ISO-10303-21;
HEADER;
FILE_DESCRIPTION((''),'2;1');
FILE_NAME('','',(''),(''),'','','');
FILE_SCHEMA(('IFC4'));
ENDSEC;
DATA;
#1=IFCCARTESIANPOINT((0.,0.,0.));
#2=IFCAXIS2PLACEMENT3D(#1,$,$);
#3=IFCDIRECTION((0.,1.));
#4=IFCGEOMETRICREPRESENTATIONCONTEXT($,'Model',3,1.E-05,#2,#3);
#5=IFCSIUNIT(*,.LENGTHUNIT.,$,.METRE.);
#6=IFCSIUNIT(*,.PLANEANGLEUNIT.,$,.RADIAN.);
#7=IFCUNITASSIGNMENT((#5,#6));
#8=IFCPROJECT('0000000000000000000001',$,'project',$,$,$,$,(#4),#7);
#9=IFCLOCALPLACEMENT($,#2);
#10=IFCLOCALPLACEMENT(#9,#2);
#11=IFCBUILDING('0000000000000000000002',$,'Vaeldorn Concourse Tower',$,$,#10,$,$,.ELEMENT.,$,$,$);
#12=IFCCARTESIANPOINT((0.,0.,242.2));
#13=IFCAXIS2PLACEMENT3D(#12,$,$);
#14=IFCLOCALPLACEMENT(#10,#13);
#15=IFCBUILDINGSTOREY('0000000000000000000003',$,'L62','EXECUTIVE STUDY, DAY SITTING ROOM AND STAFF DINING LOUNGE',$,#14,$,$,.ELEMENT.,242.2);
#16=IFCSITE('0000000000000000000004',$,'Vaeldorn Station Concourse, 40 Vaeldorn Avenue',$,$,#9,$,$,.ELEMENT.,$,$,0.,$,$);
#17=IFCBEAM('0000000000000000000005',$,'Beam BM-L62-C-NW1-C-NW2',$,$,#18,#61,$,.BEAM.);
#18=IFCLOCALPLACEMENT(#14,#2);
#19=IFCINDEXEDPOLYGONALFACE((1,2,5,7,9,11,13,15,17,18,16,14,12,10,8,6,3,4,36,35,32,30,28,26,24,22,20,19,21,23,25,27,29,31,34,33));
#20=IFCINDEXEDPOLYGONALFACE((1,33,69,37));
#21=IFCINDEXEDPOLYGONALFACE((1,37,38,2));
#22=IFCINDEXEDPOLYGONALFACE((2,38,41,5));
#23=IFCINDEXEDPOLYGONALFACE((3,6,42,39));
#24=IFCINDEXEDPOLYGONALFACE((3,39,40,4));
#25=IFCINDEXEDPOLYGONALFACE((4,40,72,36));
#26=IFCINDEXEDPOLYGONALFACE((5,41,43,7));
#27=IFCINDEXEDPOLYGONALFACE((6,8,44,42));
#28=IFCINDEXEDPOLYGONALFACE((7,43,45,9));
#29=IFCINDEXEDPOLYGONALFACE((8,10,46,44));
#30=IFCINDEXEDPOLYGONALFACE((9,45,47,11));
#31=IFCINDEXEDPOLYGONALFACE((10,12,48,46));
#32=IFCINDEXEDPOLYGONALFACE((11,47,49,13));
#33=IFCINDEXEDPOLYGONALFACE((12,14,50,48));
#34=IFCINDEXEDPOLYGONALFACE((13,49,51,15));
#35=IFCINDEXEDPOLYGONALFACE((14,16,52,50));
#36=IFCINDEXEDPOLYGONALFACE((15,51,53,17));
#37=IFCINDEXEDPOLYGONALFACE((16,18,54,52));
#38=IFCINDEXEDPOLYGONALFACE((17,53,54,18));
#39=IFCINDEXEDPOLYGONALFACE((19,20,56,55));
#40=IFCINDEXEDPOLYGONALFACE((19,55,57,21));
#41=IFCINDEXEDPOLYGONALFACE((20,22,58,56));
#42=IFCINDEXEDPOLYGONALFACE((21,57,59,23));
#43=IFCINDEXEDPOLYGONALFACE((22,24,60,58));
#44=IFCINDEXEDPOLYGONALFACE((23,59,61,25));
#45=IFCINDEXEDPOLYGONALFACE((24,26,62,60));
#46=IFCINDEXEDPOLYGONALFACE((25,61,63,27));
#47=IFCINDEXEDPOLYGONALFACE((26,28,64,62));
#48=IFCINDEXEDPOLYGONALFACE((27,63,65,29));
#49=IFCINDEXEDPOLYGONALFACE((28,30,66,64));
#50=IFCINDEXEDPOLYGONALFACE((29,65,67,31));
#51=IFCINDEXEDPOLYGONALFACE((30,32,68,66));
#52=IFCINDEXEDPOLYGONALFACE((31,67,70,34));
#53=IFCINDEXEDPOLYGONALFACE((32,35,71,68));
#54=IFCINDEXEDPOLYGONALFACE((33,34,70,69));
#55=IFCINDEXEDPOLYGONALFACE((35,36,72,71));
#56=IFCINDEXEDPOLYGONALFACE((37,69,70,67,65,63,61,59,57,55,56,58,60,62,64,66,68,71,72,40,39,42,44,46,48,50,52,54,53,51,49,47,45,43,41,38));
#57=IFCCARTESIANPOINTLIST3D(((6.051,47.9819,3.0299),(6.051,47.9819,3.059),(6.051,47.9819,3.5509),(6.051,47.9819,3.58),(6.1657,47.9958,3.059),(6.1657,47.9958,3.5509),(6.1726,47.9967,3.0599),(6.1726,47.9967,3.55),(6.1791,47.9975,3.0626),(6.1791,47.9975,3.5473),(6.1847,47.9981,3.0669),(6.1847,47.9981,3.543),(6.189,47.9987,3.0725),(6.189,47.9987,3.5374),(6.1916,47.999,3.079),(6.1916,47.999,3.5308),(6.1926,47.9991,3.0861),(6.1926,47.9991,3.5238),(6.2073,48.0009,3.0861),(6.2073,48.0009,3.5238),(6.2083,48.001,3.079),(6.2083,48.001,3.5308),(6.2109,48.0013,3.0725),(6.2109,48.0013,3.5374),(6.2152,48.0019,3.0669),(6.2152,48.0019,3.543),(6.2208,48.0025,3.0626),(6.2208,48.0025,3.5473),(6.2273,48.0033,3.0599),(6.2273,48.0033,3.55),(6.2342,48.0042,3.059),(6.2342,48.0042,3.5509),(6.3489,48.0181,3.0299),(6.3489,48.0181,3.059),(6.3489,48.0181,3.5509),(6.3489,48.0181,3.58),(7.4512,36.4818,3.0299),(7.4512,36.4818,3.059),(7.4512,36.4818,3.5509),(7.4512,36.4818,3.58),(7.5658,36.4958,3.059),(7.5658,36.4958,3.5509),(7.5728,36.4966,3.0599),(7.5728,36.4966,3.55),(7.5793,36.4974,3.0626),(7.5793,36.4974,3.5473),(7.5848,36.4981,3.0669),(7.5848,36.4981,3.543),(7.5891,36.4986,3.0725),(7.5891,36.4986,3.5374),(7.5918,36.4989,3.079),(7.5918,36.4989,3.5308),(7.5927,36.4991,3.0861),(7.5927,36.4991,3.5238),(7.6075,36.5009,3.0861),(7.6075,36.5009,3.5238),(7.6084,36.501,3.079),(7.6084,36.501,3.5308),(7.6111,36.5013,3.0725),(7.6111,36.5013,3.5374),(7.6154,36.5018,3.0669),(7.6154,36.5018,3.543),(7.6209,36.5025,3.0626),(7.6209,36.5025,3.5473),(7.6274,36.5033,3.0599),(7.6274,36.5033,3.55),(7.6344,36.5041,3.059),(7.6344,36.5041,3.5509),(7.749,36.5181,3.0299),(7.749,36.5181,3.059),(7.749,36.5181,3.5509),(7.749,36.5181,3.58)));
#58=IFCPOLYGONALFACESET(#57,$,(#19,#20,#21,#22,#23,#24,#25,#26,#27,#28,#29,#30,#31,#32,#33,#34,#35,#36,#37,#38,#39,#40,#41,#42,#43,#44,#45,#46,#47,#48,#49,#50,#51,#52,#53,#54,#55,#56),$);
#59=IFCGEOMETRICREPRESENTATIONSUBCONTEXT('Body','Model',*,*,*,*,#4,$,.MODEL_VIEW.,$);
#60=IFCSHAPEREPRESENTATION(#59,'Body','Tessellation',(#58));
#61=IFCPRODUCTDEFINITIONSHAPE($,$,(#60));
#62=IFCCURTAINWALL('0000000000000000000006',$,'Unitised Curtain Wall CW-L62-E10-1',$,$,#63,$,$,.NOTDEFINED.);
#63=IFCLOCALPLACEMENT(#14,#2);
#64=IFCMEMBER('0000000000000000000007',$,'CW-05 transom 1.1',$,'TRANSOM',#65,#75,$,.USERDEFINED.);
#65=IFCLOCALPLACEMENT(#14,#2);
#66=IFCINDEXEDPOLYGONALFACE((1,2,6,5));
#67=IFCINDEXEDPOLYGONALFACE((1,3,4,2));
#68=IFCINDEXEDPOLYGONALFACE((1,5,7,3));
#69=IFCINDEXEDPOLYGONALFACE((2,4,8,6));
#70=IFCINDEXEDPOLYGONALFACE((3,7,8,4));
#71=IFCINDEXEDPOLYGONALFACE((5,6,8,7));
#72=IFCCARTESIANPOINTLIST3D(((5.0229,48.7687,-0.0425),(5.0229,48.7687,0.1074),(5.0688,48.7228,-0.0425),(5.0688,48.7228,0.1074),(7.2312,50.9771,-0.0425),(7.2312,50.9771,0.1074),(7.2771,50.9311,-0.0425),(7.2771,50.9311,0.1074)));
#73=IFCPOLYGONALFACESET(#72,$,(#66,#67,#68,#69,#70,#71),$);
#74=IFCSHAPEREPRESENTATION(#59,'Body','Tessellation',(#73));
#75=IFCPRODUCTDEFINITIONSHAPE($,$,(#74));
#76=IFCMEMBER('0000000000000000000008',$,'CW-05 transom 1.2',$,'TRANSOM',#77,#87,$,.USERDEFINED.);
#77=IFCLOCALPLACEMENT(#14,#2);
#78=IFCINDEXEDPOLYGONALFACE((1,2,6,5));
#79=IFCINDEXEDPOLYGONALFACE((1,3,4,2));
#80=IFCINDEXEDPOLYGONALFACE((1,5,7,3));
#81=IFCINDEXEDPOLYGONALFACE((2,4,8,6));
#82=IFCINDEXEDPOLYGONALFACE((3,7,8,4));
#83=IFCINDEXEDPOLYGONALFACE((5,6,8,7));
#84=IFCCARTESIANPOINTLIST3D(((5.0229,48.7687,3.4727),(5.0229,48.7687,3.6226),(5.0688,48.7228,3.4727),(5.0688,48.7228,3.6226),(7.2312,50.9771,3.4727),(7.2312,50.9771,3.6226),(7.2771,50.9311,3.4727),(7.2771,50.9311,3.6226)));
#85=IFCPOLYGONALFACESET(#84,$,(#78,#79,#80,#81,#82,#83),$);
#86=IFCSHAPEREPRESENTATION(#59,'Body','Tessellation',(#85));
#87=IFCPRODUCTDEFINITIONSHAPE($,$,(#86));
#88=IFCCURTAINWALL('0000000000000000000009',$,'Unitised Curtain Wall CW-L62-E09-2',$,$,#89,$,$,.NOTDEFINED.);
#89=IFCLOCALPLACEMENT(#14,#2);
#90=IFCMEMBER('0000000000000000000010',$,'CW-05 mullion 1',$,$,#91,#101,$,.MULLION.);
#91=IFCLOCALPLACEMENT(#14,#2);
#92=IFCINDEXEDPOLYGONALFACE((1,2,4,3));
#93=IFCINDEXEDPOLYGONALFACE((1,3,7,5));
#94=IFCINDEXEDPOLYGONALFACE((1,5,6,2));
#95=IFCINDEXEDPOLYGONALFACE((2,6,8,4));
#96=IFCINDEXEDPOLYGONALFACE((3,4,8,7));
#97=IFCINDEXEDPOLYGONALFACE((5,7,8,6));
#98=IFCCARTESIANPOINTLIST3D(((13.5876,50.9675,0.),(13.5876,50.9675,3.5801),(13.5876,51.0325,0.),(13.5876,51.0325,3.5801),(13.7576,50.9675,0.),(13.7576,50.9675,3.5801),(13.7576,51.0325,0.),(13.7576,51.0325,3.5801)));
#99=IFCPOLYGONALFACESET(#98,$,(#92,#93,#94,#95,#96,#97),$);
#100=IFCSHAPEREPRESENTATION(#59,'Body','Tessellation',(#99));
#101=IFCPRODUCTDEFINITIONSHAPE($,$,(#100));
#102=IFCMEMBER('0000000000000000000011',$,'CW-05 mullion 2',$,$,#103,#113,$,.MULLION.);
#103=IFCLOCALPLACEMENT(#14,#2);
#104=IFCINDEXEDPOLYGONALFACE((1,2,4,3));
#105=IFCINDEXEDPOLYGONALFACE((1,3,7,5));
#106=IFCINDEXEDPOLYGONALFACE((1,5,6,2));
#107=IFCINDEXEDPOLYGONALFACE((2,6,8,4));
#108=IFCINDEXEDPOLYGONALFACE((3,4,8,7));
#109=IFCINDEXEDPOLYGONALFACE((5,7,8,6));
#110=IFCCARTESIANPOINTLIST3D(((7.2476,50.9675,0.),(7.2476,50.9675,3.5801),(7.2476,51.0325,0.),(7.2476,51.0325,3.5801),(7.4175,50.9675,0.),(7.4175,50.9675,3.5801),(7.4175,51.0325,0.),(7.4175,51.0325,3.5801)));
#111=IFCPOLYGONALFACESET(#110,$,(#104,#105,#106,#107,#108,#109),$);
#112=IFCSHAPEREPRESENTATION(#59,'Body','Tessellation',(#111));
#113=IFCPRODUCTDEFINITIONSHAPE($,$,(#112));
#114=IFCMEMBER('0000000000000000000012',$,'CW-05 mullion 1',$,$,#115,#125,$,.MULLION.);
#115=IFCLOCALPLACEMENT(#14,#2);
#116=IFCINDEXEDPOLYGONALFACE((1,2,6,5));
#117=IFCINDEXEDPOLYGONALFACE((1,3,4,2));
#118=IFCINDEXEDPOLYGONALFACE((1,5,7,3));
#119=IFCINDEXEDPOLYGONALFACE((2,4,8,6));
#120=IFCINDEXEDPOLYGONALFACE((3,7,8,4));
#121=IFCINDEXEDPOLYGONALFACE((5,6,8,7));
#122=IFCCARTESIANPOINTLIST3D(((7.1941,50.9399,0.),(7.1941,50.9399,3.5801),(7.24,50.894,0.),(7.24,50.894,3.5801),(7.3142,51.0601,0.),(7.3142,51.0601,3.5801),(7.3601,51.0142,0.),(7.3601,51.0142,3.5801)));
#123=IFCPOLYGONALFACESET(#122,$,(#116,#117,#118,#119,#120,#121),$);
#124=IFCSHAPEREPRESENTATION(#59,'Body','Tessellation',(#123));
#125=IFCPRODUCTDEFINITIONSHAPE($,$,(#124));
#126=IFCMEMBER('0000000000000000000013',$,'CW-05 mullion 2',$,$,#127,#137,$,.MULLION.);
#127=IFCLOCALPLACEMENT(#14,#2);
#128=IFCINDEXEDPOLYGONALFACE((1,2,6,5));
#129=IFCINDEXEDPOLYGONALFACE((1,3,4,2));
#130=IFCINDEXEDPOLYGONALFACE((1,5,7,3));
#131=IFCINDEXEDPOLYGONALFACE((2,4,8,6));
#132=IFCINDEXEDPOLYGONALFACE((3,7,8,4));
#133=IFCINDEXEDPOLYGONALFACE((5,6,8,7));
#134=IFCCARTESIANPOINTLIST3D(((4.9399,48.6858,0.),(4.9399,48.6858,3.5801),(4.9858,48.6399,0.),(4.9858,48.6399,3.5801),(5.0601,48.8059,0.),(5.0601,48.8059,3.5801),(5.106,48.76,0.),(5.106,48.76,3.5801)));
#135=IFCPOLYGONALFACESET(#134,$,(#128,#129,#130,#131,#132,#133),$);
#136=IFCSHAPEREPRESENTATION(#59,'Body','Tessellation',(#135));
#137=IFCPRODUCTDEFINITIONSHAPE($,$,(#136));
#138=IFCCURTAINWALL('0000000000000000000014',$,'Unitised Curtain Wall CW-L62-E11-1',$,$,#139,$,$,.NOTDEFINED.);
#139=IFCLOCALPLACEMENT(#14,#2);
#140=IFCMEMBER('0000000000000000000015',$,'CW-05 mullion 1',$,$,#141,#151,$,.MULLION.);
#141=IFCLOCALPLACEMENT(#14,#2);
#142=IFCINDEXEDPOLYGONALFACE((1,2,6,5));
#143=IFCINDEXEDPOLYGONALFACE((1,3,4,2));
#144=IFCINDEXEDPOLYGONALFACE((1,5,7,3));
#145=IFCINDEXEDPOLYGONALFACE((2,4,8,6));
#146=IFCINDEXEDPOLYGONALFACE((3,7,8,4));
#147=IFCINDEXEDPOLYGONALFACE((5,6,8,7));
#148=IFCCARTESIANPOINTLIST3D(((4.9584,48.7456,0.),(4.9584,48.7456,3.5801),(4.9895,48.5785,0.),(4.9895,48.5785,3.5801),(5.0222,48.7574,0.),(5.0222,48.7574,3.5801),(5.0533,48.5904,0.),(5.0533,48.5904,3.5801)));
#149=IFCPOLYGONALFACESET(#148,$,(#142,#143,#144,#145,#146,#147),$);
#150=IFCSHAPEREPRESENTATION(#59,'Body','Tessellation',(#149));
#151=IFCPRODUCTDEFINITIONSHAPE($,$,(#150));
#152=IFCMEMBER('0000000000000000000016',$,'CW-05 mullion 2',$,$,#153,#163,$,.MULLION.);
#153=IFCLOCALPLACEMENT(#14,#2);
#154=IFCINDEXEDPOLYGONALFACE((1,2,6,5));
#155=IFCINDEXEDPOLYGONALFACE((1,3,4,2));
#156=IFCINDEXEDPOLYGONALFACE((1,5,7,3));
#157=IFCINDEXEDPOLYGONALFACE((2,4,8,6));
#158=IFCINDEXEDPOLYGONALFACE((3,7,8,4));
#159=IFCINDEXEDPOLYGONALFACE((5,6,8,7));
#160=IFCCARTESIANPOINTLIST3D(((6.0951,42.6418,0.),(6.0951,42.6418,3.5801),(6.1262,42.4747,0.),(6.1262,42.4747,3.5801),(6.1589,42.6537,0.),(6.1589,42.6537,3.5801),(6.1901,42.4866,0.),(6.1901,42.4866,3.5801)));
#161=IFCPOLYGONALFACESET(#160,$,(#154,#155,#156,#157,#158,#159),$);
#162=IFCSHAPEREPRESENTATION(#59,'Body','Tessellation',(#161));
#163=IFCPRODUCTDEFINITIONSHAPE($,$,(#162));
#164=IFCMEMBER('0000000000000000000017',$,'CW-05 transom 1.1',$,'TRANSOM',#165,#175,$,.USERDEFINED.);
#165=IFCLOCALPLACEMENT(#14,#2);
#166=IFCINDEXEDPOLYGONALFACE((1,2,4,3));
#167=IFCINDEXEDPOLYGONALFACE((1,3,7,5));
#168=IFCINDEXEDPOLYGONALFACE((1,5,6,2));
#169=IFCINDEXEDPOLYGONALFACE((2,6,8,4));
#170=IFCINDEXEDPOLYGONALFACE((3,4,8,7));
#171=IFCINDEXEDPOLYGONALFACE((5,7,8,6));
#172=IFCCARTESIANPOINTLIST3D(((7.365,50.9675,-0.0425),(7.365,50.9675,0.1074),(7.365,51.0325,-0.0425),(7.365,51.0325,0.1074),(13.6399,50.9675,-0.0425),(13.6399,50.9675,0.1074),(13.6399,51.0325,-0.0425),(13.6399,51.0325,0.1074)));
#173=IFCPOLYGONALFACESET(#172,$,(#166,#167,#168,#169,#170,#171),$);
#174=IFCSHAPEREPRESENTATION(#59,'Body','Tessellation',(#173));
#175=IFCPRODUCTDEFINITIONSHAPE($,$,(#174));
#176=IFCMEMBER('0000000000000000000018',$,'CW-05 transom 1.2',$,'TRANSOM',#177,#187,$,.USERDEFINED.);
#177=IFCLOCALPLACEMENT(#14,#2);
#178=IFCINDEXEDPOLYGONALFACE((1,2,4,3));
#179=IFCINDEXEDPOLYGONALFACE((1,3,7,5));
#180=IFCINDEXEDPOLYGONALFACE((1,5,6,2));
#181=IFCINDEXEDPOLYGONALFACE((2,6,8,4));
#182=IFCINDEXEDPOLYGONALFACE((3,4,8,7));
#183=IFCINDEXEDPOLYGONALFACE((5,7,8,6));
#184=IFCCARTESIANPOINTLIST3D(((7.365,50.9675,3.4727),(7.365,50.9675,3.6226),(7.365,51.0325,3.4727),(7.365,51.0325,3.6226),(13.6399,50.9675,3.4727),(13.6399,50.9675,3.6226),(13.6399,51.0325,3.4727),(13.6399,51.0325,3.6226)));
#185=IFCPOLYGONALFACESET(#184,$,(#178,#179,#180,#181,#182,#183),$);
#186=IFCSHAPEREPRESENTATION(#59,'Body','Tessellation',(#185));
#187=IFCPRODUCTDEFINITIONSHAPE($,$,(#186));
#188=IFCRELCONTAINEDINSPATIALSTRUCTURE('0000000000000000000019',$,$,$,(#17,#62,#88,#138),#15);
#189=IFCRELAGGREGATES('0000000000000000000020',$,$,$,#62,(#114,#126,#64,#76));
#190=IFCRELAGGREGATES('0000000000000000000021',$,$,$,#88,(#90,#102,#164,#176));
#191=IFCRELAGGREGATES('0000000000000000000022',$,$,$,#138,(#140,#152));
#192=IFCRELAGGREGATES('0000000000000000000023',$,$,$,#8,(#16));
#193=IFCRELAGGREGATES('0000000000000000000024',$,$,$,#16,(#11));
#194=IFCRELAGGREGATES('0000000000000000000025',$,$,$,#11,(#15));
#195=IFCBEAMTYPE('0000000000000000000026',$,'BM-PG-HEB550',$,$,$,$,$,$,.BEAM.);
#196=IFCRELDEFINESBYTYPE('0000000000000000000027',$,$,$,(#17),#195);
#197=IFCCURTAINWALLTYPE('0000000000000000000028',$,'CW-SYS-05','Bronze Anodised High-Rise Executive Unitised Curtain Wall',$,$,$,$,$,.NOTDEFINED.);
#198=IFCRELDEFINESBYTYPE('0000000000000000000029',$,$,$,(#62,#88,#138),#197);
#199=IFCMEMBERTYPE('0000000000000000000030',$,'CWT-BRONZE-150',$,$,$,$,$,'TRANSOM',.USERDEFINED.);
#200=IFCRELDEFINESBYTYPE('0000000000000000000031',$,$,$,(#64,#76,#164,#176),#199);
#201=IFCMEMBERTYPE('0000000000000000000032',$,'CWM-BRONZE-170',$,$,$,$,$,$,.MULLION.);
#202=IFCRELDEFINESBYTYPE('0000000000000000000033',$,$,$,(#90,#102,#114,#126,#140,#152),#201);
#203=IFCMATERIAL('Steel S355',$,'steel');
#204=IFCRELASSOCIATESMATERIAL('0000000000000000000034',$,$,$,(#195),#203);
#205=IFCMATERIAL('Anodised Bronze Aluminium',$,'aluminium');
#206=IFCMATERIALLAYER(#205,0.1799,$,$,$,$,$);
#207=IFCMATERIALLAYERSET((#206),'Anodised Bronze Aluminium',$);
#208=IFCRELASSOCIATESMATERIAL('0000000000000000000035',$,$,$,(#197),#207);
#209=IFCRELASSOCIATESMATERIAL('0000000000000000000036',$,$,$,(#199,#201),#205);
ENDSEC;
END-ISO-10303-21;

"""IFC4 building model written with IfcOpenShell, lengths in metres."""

from ifc_helpers import new_model, si_unit, direction, frame, origin, origin_2d, place, context, subcontext, project, spatial, rectangle, i_section, extrude, source, transform, mapped, material, layer, layer_set, material_profile, profile_set, type_object, element, aggregate, save


model = new_model("IFC4")

# Units and contexts
model_context = context("Model", 3, precision=1e-05, world=origin(), true_north=direction((0.0, 1.0)))
body_context = subcontext(model_context, "Body", "Model", "MODEL_VIEW")
ifc_project = project(units=[si_unit("LENGTHUNIT", "METRE"), si_unit("PLANEANGLEUNIT", "RADIAN")], contexts=[model_context])

# Site, building, storey
site_placement = place(None, origin())
site = spatial("IfcSite", under=ifc_project, at=site_placement, Name="Vaeldorn Station Concourse, 40 Vaeldorn Avenue", CompositionType="ELEMENT", RefElevation=0.0)
building_placement = place(site_placement, origin())
building = spatial("IfcBuilding", under=site, at=building_placement, Name="Vaeldorn Concourse Tower", CompositionType="ELEMENT")
storey_placement = place(building_placement, frame((0.0, 0.0, 242.2)))
storey = spatial("IfcBuildingStorey", under=building, at=storey_placement, Name="L62", Description="EXECUTIVE STUDY, DAY SITTING ROOM AND STAFF DINING LOUNGE", CompositionType="ELEMENT", Elevation=242.2)

# Shared definitions
ifc_material_1 = material(Name="Steel S355", Category="steel")

# Beam
ifc_material_profile_1 = material_profile(ifc_material_1, i_section(OverallWidth=0.3, OverallDepth=0.55, WebThickness=0.0149, FlangeThickness=0.0291, FilletRadius=0.0271, at=origin_2d()), Name="HEB 550")
ifc_profile_set_1 = profile_set([ifc_material_profile_1], Name="Steel S355")
beam_type_1 = type_object("IfcBeamType", Name="BM-PG-HEB550", PredefinedType="BEAM", material=ifc_profile_set_1)
shared_shape_1 = source(origin(), body_context, "Body", "SweptSolid", [
    extrude(i_section(OverallWidth=0.3, OverallDepth=0.55, WebThickness=0.0149, FlangeThickness=0.0291, FilletRadius=0.0271, at=origin_2d()), origin(), (0.0, 0.0, 1.0), 11.585),
])
beam_1_placement = place(storey_placement, frame((6.2, 48.0, 3.3049), z_axis=(0.120859, -0.99267, 0.0), x_axis=(0.99267, 0.120859, 0.0)))
element("IfcBeam", 1, at=beam_1_placement, inside=storey, type_object=beam_type_1, Name="Beam BM-L62-C-NW1-C-NW2", PredefinedType="BEAM", context=body_context, shape_type="MappedRepresentation", body=[
    mapped(shared_shape_1, transform((0.0, 0.0, 0.0), scale=1.0)),
])

# Curtain walls, members
ifc_material_2 = material(Name="Anodised Bronze Aluminium", Category="aluminium")
ifc_layer_1 = layer(ifc_material_2, 0.1799)
ifc_layer_set_1 = layer_set([ifc_layer_1], Name="Anodised Bronze Aluminium")
curtain_wall_type = type_object("IfcCurtainWallType", Name="CW-SYS-05", Description="Bronze Anodised High-Rise Executive Unitised Curtain Wall", PredefinedType="NOTDEFINED", material=ifc_layer_set_1)
curtain_wall_1_placement = place(storey_placement, origin())
curtain_wall_1 = element("IfcCurtainWall", 2, at=curtain_wall_1_placement, inside=storey, type_object=curtain_wall_type, Name="Unitised Curtain Wall CW-L62-E10-1", PredefinedType="NOTDEFINED")
ifc_material_profile_2 = material_profile(ifc_material_2, rectangle(XDim=0.0649, YDim=0.1499, at=origin_2d()), Name="CWT 65x150")
ifc_profile_set_2 = profile_set([ifc_material_profile_2], Name="Anodised Bronze Aluminium")
member_type_1 = type_object("IfcMemberType", Name="CWT-BRONZE-150", ElementType="TRANSOM", PredefinedType="USERDEFINED", material=ifc_profile_set_2)
shared_shape_2 = source(origin(), body_context, "Body", "SweptSolid", [
    extrude(rectangle(XDim=0.0649, YDim=0.1499, at=origin_2d()), origin(), (0.0, 0.0, 1.0), 3.123),
])
member_1_placement = place(storey_placement, frame((7.2542, 50.9541, 0.0325), z_axis=(-0.707107, -0.707107, 0.0), x_axis=(0.707107, -0.707107, 0.0)))
member_1 = element("IfcMember", 3, at=member_1_placement, type_object=member_type_1, Name="CW-05 transom 1.1", ObjectType="TRANSOM", PredefinedType="USERDEFINED", context=body_context, shape_type="MappedRepresentation", body=[
    mapped(shared_shape_2, transform((0.0, 0.0, 0.0), scale=1.0)),
])
member_2_placement = place(storey_placement, frame((7.2542, 50.9541, 3.5476), z_axis=(-0.707107, -0.707107, 0.0), x_axis=(0.707107, -0.707107, 0.0)))
member_2 = element("IfcMember", 4, at=member_2_placement, type_object=member_type_1, Name="CW-05 transom 1.2", ObjectType="TRANSOM", PredefinedType="USERDEFINED", context=body_context, shape_type="MappedRepresentation", body=[
    mapped(shared_shape_2, transform((0.0, 0.0, 0.0), scale=1.0)),
])
curtain_wall_2_placement = place(storey_placement, origin())
curtain_wall_2 = element("IfcCurtainWall", 5, at=curtain_wall_2_placement, inside=storey, type_object=curtain_wall_type, Name="Unitised Curtain Wall CW-L62-E09-2", PredefinedType="NOTDEFINED")
ifc_material_profile_3 = material_profile(ifc_material_2, rectangle(XDim=0.0649, YDim=0.1699, at=origin_2d()), Name="CWM 65x170")
ifc_profile_set_3 = profile_set([ifc_material_profile_3], Name="Anodised Bronze Aluminium")
member_type_2 = type_object("IfcMemberType", Name="CWM-BRONZE-170", PredefinedType="MULLION", material=ifc_profile_set_3)
shared_shape_3 = source(origin(), body_context, "Body", "SweptSolid", [
    extrude(rectangle(XDim=0.0649, YDim=0.1699, at=origin_2d()), origin(), (0.0, 0.0, 1.0), 3.5801),
])
member_3_placement = place(storey_placement, frame((13.6726, 51.0, 0.0), z_axis=(0.0, 0.0, 1.0), x_axis=(0.0, -1.0, 0.0)))
member_3 = element("IfcMember", 6, at=member_3_placement, type_object=member_type_2, Name="CW-05 mullion 1", PredefinedType="MULLION", context=body_context, shape_type="MappedRepresentation", body=[
    mapped(shared_shape_3, transform((0.0, 0.0, 0.0), scale=1.0)),
])
member_4_placement = place(storey_placement, frame((7.3325, 51.0, 0.0), z_axis=(0.0, 0.0, 1.0), x_axis=(0.0, -1.0, 0.0)))
member_4 = element("IfcMember", 7, at=member_4_placement, type_object=member_type_2, Name="CW-05 mullion 2", PredefinedType="MULLION", context=body_context, shape_type="MappedRepresentation", body=[
    mapped(shared_shape_3, transform((0.0, 0.0, 0.0), scale=1.0)),
])

# Members
member_5_placement = place(storey_placement, frame((7.2771, 50.9771, 0.0), z_axis=(0.0, 0.0, 1.0), x_axis=(0.707107, -0.707107, 0.0)))
member_5 = element("IfcMember", 8, at=member_5_placement, type_object=member_type_2, Name="CW-05 mullion 1", PredefinedType="MULLION", context=body_context, shape_type="MappedRepresentation", body=[
    mapped(shared_shape_3, transform((0.0, 0.0, 0.0), scale=1.0)),
])
member_6_placement = place(storey_placement, frame((5.0229, 48.7229, 0.0), z_axis=(0.0, 0.0, 1.0), x_axis=(0.707107, -0.707107, 0.0)))
member_6 = element("IfcMember", 9, at=member_6_placement, type_object=member_type_2, Name="CW-05 mullion 2", PredefinedType="MULLION", context=body_context, shape_type="MappedRepresentation", body=[
    mapped(shared_shape_3, transform((0.0, 0.0, 0.0), scale=1.0)),
])

# Curtain wall, members
curtain_wall_3_placement = place(storey_placement, origin())
curtain_wall_3 = element("IfcCurtainWall", 10, at=curtain_wall_3_placement, inside=storey, type_object=curtain_wall_type, Name="Unitised Curtain Wall CW-L62-E11-1", PredefinedType="NOTDEFINED")
member_7_placement = place(storey_placement, frame((5.0059, 48.668, 0.0), z_axis=(0.0, 0.0, 1.0), x_axis=(0.983103, 0.183054, 0.0)))
member_7 = element("IfcMember", 11, at=member_7_placement, type_object=member_type_2, Name="CW-05 mullion 1", PredefinedType="MULLION", context=body_context, shape_type="MappedRepresentation", body=[
    mapped(shared_shape_3, transform((0.0, 0.0, 0.0), scale=1.0)),
])
member_8_placement = place(storey_placement, frame((6.1426, 42.5642, 0.0), z_axis=(0.0, 0.0, 1.0), x_axis=(0.983103, 0.183054, 0.0)))
member_8 = element("IfcMember", 12, at=member_8_placement, type_object=member_type_2, Name="CW-05 mullion 2", PredefinedType="MULLION", context=body_context, shape_type="MappedRepresentation", body=[
    mapped(shared_shape_3, transform((0.0, 0.0, 0.0), scale=1.0)),
])

# Members
shared_shape_4 = source(origin(), body_context, "Body", "SweptSolid", [
    extrude(rectangle(XDim=0.0649, YDim=0.1499, at=origin_2d()), origin(), (0.0, 0.0, 1.0), 6.2749),
])
member_9_placement = place(storey_placement, frame((13.6399, 51.0, 0.0325), z_axis=(-1.0, 0.0, 0.0), x_axis=(0.0, -1.0, 0.0)))
member_9 = element("IfcMember", 13, at=member_9_placement, type_object=member_type_1, Name="CW-05 transom 1.1", ObjectType="TRANSOM", PredefinedType="USERDEFINED", context=body_context, shape_type="MappedRepresentation", body=[
    mapped(shared_shape_4, transform((0.0, 0.0, 0.0), scale=1.0)),
])
member_10_placement = place(storey_placement, frame((13.6399, 51.0, 3.5476), z_axis=(-1.0, 0.0, 0.0), x_axis=(0.0, -1.0, 0.0)))
member_10 = element("IfcMember", 14, at=member_10_placement, type_object=member_type_1, Name="CW-05 transom 1.2", ObjectType="TRANSOM", PredefinedType="USERDEFINED", context=body_context, shape_type="MappedRepresentation", body=[
    mapped(shared_shape_4, transform((0.0, 0.0, 0.0), scale=1.0)),
])

aggregate(curtain_wall_1, [member_5, member_6, member_1, member_2])
aggregate(curtain_wall_2, [member_3, member_4, member_9, member_10])
aggregate(curtain_wall_3, [member_7, member_8])

save(model, "model.ifc")
